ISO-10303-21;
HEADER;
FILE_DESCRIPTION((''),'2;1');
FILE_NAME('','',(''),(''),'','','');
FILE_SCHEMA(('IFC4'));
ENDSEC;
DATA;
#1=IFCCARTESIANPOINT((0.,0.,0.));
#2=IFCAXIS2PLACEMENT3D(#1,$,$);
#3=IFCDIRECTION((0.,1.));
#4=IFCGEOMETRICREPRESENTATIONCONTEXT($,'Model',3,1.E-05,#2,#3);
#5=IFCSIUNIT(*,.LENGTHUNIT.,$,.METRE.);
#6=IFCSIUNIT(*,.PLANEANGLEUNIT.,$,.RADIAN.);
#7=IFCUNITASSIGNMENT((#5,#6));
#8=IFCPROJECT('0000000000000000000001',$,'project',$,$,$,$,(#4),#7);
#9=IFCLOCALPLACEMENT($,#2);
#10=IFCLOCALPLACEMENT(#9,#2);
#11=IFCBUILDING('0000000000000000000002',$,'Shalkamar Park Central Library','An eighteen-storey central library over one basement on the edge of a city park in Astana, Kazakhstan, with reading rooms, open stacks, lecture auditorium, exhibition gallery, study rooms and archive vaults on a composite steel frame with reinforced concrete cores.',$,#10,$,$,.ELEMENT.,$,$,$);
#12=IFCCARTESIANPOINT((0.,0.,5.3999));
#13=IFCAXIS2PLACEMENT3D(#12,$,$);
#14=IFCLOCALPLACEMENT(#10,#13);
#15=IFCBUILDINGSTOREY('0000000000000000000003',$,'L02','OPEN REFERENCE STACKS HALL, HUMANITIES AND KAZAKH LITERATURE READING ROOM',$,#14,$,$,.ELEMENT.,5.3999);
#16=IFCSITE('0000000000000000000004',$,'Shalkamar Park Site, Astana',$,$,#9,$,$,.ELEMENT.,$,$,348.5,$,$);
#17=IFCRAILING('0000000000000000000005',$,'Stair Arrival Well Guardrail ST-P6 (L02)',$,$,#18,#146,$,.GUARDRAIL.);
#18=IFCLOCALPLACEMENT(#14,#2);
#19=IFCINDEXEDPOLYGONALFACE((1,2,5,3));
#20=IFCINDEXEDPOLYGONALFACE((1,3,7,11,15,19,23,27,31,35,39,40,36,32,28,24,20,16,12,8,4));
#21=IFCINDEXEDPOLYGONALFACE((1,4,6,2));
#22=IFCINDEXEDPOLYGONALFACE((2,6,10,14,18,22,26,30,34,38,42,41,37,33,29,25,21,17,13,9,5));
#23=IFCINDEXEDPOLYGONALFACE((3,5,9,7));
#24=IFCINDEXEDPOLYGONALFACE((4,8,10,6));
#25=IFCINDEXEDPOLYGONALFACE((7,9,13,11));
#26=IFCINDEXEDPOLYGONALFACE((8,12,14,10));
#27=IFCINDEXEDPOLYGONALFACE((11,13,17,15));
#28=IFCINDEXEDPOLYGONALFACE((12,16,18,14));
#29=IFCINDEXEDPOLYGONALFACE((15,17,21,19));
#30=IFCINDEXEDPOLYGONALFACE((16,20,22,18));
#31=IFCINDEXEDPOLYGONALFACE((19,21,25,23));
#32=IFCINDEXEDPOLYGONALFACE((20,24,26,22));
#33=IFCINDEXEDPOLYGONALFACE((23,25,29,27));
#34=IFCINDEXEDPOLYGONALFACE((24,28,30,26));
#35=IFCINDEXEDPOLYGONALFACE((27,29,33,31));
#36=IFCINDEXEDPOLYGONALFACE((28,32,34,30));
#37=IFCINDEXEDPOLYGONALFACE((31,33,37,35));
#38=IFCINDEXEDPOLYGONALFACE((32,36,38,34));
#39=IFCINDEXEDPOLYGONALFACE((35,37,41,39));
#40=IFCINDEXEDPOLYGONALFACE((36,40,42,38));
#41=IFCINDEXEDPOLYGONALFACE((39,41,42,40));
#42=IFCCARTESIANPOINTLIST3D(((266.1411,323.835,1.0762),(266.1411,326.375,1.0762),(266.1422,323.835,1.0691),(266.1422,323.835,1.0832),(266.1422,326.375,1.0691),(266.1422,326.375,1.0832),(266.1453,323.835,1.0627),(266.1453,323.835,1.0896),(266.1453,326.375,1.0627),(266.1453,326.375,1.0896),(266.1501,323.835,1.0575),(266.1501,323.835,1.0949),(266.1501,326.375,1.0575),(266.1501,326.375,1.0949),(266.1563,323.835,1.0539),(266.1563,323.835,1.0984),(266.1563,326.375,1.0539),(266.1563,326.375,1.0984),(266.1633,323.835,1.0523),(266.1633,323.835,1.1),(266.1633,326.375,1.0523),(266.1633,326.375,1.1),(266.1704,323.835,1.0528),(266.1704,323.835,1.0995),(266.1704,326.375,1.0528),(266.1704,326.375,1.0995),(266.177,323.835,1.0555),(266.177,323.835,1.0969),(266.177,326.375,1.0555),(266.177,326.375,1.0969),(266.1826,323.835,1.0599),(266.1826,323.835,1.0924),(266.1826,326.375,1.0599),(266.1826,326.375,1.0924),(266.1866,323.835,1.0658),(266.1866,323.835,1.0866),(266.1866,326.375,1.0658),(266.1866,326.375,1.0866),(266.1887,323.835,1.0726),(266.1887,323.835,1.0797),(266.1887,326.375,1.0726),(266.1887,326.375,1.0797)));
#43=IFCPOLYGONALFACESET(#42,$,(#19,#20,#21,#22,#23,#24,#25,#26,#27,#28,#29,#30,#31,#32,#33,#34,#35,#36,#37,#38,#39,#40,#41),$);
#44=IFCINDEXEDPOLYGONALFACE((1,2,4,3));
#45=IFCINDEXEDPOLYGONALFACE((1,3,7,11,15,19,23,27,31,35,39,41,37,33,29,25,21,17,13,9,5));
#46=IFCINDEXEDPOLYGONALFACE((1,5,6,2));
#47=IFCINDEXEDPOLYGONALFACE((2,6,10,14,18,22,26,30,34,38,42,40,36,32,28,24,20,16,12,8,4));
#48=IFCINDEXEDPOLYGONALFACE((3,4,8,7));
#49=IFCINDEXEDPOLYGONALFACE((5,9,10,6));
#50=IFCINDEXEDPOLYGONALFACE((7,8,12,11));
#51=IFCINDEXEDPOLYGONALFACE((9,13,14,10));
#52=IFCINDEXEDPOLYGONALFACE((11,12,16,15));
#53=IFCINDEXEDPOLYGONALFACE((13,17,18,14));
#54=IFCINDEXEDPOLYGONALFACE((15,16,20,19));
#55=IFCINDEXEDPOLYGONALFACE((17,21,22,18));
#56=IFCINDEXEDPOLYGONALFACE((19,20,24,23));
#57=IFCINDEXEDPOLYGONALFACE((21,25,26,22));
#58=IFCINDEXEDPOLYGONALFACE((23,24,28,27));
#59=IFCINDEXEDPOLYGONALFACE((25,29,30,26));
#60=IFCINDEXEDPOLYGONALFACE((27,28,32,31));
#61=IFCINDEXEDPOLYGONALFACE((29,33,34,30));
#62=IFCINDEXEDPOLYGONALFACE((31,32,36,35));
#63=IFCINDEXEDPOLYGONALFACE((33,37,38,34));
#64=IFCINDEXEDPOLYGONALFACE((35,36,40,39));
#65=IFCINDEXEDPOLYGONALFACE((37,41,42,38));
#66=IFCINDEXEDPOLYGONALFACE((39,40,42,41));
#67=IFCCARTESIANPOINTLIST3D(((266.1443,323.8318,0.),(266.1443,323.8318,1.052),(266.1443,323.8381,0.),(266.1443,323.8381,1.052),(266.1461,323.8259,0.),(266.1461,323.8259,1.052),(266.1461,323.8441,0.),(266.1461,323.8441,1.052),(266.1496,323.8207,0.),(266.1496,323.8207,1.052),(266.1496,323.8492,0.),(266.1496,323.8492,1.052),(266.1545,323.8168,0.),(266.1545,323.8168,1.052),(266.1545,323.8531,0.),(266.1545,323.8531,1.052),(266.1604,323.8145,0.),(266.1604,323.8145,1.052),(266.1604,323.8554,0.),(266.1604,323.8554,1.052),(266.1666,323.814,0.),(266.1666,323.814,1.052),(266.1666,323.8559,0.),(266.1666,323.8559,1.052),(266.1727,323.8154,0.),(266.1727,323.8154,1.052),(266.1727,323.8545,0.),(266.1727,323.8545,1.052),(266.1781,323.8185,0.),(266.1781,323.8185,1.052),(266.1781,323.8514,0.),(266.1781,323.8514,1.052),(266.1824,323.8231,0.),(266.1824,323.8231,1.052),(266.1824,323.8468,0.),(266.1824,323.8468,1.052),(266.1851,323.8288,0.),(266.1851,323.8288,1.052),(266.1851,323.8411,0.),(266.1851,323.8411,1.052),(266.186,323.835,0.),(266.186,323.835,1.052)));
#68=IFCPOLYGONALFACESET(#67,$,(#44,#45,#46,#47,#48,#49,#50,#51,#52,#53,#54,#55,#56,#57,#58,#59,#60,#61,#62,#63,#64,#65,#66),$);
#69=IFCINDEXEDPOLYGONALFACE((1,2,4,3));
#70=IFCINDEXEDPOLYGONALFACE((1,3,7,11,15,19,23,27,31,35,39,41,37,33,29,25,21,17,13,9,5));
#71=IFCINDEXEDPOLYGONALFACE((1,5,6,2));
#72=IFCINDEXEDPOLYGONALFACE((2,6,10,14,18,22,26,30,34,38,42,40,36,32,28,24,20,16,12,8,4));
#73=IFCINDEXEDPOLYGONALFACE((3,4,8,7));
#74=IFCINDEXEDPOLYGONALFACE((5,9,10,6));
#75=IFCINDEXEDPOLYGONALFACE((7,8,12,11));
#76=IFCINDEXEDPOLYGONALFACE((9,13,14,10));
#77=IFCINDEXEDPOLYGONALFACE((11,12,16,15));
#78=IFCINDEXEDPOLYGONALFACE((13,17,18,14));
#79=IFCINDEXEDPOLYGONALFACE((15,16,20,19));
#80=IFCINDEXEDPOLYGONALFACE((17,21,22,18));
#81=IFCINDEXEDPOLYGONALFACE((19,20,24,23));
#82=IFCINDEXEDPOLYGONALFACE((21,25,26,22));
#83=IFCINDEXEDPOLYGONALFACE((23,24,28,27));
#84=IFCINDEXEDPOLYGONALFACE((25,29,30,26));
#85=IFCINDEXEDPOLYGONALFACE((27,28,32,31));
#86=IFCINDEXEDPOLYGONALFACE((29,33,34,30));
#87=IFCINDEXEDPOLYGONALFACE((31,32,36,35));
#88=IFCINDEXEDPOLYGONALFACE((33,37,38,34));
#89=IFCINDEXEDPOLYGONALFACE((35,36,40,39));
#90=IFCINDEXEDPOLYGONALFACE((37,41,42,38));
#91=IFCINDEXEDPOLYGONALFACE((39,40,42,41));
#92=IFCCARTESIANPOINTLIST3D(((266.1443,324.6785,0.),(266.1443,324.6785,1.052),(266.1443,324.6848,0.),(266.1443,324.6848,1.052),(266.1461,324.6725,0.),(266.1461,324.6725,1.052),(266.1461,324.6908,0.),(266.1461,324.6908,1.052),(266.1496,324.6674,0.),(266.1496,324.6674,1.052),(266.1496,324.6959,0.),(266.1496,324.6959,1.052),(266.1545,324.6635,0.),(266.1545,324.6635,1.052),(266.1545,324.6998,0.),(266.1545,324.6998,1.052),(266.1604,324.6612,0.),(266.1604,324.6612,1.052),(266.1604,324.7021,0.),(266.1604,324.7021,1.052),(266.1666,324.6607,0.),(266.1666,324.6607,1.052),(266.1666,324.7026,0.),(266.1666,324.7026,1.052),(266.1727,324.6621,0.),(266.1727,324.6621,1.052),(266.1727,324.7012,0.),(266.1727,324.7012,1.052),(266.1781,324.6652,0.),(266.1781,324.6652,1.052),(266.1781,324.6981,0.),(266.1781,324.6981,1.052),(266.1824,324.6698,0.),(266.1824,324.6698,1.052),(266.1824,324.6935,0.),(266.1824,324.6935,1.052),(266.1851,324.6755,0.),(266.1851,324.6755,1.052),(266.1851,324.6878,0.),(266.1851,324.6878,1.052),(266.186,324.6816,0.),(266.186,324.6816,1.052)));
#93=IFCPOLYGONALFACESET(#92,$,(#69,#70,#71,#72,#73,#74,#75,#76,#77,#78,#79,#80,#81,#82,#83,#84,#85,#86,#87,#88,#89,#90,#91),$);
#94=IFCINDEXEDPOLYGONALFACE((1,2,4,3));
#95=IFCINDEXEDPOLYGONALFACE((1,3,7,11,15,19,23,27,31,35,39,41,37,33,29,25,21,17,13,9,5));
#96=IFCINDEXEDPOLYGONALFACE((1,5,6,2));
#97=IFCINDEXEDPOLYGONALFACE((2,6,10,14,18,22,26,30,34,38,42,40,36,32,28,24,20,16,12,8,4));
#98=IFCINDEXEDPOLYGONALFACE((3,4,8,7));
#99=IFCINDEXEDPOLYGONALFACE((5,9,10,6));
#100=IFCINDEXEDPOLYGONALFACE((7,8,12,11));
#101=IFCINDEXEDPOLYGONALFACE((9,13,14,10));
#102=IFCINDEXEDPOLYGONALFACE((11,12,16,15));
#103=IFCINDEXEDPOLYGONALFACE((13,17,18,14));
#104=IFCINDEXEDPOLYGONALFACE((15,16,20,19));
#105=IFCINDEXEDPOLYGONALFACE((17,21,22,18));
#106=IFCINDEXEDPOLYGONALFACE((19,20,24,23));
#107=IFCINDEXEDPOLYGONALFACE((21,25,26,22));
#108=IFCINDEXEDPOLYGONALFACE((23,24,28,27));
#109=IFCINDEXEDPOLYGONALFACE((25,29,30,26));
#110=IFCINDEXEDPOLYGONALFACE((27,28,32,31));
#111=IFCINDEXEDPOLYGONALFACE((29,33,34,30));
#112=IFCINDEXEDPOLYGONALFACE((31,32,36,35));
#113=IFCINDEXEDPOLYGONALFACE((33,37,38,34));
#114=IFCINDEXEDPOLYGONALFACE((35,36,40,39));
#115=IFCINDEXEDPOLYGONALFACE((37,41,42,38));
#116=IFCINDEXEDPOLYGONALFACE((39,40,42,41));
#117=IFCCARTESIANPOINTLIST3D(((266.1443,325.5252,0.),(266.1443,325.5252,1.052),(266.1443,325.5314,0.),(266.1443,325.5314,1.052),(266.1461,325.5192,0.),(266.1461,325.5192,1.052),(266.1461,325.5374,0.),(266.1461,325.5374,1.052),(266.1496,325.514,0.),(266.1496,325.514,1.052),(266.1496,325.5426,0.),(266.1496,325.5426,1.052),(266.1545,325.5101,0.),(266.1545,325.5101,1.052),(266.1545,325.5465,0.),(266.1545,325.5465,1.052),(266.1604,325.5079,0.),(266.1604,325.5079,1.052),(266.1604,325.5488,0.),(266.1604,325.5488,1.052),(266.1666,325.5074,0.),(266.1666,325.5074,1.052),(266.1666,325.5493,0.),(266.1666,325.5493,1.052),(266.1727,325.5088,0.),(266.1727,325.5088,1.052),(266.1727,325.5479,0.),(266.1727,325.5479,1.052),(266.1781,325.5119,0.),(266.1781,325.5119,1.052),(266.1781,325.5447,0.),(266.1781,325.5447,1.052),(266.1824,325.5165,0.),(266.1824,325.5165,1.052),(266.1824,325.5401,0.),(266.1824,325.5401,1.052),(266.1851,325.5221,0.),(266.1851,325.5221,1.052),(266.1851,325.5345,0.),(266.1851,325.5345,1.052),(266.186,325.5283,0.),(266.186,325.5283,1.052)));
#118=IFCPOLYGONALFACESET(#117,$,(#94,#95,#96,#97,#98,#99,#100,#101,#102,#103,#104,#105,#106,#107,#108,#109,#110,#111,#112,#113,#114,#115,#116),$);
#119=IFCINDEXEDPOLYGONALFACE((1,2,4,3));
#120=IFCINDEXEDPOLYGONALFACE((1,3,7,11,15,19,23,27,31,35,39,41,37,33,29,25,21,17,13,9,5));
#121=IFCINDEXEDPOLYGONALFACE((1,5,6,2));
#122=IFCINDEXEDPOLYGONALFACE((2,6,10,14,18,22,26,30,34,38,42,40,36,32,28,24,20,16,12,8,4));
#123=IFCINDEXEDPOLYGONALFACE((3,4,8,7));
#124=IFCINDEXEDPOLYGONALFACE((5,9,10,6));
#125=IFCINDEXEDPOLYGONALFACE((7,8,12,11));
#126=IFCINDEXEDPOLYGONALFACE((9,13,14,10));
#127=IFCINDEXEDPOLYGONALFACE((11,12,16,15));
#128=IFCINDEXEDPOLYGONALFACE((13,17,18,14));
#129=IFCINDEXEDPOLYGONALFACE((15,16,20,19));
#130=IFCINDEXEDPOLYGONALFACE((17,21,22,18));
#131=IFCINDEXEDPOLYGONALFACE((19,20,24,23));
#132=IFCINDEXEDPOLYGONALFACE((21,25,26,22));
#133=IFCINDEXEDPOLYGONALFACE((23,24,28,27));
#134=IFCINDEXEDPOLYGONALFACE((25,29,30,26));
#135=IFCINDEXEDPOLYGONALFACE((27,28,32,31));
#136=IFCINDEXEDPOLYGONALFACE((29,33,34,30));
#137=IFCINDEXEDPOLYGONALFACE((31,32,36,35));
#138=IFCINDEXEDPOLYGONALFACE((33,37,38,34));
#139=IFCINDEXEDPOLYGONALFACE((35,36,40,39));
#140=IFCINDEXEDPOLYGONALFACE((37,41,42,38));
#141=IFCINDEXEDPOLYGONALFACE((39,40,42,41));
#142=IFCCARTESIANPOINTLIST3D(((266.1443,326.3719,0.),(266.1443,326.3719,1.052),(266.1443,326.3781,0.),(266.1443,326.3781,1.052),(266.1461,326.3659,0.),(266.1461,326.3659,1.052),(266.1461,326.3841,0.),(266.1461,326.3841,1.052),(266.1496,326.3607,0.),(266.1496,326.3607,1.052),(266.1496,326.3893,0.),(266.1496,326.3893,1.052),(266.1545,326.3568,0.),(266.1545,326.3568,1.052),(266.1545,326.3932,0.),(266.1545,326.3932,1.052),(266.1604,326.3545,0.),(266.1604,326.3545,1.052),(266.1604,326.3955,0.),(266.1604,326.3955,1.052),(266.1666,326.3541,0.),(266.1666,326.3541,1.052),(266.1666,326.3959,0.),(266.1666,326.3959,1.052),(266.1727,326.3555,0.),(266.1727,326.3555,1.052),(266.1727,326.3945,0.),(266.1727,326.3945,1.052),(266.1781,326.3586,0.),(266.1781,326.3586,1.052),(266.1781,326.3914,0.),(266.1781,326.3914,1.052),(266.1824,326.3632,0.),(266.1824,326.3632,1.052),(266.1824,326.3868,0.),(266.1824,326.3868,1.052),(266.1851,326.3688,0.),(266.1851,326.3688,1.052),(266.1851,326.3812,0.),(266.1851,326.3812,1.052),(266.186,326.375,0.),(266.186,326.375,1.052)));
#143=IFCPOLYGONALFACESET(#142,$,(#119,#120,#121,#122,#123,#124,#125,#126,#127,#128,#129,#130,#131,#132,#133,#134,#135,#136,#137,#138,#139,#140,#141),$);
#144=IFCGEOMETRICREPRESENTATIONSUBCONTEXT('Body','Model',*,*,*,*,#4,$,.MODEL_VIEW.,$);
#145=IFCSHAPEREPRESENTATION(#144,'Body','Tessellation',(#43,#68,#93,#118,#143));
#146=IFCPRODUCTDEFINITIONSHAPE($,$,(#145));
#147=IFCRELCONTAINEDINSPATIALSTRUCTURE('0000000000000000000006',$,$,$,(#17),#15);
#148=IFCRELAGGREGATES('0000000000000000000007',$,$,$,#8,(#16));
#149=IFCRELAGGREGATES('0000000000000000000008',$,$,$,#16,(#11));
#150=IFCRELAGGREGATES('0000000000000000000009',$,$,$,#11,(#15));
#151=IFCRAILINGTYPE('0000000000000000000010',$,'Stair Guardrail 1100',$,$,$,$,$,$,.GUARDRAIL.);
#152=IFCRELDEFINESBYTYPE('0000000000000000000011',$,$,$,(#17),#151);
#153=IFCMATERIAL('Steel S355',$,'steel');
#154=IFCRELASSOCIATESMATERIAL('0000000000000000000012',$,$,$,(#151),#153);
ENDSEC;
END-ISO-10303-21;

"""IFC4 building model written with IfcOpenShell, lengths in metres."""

from ifc_helpers import new_model, si_unit, direction, frame, origin, origin_2d, place, context, subcontext, project, spatial, circle, extrude, material, type_object, element, save


model = new_model("IFC4")

# Units and contexts
model_context = context("Model", 3, precision=1e-05, world=origin(), true_north=direction((0.0, 1.0)))
body_context = subcontext(model_context, "Body", "Model", "MODEL_VIEW")
ifc_project = project(units=[si_unit("LENGTHUNIT", "METRE"), si_unit("PLANEANGLEUNIT", "RADIAN")], contexts=[model_context])

# Site, building, storey
site_placement = place(None, origin())
site = spatial("IfcSite", under=ifc_project, at=site_placement, Name="Shalkamar Park Site, Astana", CompositionType="ELEMENT", RefElevation=348.5)
building_placement = place(site_placement, origin())
building = spatial("IfcBuilding", under=site, at=building_placement, Name="Shalkamar Park Central Library", Description="An eighteen-storey central library over one basement on the edge of a city park in Astana, Kazakhstan, with reading rooms, open stacks, lecture auditorium, exhibition gallery, study rooms and archive vaults on a composite steel frame with reinforced concrete cores.", CompositionType="ELEMENT")
storey_placement = place(building_placement, frame((0.0, 0.0, 5.3999)))
storey = spatial("IfcBuildingStorey", under=building, at=storey_placement, Name="L02", Description="OPEN REFERENCE STACKS HALL, HUMANITIES AND KAZAKH LITERATURE READING ROOM", CompositionType="ELEMENT", Elevation=5.3999)

# Shared definitions
ifc_material_1 = material(Name="Steel S355", Category="steel")

# Railing
railing_type = type_object("IfcRailingType", Name="Stair Guardrail 1100", PredefinedType="GUARDRAIL", material=ifc_material_1)
railing_placement = place(storey_placement, frame((266.165, 323.835, 0.0)))
element("IfcRailing", 1, at=railing_placement, inside=storey, type_object=railing_type, Name="Stair Arrival Well Guardrail ST-P6 (L02)", PredefinedType="GUARDRAIL", context=body_context, shape_type="SweptSolid", body=[
    extrude(circle(Radius=0.0239, at=origin_2d()), frame((0.0, 0.0, 1.0762), z_axis=(0.0, 1.0, 0.0), x_axis=(-1.0, 0.0, 0.0)), (0.0, 0.0, 1.0), 2.54),
    extrude(circle(Radius=0.021, at=origin_2d()), origin(), (0.0, 0.0, 1.0), 1.052),
    extrude(circle(Radius=0.021, at=origin_2d()), frame((0.0, 0.8467, 0.0)), (0.0, 0.0, 1.0), 1.052),
    extrude(circle(Radius=0.021, at=origin_2d()), frame((0.0, 1.6934, 0.0)), (0.0, 0.0, 1.0), 1.052),
    extrude(circle(Radius=0.021, at=origin_2d()), frame((0.0, 2.54, 0.0)), (0.0, 0.0, 1.0), 1.052),
])

save(model, "model.ifc")
